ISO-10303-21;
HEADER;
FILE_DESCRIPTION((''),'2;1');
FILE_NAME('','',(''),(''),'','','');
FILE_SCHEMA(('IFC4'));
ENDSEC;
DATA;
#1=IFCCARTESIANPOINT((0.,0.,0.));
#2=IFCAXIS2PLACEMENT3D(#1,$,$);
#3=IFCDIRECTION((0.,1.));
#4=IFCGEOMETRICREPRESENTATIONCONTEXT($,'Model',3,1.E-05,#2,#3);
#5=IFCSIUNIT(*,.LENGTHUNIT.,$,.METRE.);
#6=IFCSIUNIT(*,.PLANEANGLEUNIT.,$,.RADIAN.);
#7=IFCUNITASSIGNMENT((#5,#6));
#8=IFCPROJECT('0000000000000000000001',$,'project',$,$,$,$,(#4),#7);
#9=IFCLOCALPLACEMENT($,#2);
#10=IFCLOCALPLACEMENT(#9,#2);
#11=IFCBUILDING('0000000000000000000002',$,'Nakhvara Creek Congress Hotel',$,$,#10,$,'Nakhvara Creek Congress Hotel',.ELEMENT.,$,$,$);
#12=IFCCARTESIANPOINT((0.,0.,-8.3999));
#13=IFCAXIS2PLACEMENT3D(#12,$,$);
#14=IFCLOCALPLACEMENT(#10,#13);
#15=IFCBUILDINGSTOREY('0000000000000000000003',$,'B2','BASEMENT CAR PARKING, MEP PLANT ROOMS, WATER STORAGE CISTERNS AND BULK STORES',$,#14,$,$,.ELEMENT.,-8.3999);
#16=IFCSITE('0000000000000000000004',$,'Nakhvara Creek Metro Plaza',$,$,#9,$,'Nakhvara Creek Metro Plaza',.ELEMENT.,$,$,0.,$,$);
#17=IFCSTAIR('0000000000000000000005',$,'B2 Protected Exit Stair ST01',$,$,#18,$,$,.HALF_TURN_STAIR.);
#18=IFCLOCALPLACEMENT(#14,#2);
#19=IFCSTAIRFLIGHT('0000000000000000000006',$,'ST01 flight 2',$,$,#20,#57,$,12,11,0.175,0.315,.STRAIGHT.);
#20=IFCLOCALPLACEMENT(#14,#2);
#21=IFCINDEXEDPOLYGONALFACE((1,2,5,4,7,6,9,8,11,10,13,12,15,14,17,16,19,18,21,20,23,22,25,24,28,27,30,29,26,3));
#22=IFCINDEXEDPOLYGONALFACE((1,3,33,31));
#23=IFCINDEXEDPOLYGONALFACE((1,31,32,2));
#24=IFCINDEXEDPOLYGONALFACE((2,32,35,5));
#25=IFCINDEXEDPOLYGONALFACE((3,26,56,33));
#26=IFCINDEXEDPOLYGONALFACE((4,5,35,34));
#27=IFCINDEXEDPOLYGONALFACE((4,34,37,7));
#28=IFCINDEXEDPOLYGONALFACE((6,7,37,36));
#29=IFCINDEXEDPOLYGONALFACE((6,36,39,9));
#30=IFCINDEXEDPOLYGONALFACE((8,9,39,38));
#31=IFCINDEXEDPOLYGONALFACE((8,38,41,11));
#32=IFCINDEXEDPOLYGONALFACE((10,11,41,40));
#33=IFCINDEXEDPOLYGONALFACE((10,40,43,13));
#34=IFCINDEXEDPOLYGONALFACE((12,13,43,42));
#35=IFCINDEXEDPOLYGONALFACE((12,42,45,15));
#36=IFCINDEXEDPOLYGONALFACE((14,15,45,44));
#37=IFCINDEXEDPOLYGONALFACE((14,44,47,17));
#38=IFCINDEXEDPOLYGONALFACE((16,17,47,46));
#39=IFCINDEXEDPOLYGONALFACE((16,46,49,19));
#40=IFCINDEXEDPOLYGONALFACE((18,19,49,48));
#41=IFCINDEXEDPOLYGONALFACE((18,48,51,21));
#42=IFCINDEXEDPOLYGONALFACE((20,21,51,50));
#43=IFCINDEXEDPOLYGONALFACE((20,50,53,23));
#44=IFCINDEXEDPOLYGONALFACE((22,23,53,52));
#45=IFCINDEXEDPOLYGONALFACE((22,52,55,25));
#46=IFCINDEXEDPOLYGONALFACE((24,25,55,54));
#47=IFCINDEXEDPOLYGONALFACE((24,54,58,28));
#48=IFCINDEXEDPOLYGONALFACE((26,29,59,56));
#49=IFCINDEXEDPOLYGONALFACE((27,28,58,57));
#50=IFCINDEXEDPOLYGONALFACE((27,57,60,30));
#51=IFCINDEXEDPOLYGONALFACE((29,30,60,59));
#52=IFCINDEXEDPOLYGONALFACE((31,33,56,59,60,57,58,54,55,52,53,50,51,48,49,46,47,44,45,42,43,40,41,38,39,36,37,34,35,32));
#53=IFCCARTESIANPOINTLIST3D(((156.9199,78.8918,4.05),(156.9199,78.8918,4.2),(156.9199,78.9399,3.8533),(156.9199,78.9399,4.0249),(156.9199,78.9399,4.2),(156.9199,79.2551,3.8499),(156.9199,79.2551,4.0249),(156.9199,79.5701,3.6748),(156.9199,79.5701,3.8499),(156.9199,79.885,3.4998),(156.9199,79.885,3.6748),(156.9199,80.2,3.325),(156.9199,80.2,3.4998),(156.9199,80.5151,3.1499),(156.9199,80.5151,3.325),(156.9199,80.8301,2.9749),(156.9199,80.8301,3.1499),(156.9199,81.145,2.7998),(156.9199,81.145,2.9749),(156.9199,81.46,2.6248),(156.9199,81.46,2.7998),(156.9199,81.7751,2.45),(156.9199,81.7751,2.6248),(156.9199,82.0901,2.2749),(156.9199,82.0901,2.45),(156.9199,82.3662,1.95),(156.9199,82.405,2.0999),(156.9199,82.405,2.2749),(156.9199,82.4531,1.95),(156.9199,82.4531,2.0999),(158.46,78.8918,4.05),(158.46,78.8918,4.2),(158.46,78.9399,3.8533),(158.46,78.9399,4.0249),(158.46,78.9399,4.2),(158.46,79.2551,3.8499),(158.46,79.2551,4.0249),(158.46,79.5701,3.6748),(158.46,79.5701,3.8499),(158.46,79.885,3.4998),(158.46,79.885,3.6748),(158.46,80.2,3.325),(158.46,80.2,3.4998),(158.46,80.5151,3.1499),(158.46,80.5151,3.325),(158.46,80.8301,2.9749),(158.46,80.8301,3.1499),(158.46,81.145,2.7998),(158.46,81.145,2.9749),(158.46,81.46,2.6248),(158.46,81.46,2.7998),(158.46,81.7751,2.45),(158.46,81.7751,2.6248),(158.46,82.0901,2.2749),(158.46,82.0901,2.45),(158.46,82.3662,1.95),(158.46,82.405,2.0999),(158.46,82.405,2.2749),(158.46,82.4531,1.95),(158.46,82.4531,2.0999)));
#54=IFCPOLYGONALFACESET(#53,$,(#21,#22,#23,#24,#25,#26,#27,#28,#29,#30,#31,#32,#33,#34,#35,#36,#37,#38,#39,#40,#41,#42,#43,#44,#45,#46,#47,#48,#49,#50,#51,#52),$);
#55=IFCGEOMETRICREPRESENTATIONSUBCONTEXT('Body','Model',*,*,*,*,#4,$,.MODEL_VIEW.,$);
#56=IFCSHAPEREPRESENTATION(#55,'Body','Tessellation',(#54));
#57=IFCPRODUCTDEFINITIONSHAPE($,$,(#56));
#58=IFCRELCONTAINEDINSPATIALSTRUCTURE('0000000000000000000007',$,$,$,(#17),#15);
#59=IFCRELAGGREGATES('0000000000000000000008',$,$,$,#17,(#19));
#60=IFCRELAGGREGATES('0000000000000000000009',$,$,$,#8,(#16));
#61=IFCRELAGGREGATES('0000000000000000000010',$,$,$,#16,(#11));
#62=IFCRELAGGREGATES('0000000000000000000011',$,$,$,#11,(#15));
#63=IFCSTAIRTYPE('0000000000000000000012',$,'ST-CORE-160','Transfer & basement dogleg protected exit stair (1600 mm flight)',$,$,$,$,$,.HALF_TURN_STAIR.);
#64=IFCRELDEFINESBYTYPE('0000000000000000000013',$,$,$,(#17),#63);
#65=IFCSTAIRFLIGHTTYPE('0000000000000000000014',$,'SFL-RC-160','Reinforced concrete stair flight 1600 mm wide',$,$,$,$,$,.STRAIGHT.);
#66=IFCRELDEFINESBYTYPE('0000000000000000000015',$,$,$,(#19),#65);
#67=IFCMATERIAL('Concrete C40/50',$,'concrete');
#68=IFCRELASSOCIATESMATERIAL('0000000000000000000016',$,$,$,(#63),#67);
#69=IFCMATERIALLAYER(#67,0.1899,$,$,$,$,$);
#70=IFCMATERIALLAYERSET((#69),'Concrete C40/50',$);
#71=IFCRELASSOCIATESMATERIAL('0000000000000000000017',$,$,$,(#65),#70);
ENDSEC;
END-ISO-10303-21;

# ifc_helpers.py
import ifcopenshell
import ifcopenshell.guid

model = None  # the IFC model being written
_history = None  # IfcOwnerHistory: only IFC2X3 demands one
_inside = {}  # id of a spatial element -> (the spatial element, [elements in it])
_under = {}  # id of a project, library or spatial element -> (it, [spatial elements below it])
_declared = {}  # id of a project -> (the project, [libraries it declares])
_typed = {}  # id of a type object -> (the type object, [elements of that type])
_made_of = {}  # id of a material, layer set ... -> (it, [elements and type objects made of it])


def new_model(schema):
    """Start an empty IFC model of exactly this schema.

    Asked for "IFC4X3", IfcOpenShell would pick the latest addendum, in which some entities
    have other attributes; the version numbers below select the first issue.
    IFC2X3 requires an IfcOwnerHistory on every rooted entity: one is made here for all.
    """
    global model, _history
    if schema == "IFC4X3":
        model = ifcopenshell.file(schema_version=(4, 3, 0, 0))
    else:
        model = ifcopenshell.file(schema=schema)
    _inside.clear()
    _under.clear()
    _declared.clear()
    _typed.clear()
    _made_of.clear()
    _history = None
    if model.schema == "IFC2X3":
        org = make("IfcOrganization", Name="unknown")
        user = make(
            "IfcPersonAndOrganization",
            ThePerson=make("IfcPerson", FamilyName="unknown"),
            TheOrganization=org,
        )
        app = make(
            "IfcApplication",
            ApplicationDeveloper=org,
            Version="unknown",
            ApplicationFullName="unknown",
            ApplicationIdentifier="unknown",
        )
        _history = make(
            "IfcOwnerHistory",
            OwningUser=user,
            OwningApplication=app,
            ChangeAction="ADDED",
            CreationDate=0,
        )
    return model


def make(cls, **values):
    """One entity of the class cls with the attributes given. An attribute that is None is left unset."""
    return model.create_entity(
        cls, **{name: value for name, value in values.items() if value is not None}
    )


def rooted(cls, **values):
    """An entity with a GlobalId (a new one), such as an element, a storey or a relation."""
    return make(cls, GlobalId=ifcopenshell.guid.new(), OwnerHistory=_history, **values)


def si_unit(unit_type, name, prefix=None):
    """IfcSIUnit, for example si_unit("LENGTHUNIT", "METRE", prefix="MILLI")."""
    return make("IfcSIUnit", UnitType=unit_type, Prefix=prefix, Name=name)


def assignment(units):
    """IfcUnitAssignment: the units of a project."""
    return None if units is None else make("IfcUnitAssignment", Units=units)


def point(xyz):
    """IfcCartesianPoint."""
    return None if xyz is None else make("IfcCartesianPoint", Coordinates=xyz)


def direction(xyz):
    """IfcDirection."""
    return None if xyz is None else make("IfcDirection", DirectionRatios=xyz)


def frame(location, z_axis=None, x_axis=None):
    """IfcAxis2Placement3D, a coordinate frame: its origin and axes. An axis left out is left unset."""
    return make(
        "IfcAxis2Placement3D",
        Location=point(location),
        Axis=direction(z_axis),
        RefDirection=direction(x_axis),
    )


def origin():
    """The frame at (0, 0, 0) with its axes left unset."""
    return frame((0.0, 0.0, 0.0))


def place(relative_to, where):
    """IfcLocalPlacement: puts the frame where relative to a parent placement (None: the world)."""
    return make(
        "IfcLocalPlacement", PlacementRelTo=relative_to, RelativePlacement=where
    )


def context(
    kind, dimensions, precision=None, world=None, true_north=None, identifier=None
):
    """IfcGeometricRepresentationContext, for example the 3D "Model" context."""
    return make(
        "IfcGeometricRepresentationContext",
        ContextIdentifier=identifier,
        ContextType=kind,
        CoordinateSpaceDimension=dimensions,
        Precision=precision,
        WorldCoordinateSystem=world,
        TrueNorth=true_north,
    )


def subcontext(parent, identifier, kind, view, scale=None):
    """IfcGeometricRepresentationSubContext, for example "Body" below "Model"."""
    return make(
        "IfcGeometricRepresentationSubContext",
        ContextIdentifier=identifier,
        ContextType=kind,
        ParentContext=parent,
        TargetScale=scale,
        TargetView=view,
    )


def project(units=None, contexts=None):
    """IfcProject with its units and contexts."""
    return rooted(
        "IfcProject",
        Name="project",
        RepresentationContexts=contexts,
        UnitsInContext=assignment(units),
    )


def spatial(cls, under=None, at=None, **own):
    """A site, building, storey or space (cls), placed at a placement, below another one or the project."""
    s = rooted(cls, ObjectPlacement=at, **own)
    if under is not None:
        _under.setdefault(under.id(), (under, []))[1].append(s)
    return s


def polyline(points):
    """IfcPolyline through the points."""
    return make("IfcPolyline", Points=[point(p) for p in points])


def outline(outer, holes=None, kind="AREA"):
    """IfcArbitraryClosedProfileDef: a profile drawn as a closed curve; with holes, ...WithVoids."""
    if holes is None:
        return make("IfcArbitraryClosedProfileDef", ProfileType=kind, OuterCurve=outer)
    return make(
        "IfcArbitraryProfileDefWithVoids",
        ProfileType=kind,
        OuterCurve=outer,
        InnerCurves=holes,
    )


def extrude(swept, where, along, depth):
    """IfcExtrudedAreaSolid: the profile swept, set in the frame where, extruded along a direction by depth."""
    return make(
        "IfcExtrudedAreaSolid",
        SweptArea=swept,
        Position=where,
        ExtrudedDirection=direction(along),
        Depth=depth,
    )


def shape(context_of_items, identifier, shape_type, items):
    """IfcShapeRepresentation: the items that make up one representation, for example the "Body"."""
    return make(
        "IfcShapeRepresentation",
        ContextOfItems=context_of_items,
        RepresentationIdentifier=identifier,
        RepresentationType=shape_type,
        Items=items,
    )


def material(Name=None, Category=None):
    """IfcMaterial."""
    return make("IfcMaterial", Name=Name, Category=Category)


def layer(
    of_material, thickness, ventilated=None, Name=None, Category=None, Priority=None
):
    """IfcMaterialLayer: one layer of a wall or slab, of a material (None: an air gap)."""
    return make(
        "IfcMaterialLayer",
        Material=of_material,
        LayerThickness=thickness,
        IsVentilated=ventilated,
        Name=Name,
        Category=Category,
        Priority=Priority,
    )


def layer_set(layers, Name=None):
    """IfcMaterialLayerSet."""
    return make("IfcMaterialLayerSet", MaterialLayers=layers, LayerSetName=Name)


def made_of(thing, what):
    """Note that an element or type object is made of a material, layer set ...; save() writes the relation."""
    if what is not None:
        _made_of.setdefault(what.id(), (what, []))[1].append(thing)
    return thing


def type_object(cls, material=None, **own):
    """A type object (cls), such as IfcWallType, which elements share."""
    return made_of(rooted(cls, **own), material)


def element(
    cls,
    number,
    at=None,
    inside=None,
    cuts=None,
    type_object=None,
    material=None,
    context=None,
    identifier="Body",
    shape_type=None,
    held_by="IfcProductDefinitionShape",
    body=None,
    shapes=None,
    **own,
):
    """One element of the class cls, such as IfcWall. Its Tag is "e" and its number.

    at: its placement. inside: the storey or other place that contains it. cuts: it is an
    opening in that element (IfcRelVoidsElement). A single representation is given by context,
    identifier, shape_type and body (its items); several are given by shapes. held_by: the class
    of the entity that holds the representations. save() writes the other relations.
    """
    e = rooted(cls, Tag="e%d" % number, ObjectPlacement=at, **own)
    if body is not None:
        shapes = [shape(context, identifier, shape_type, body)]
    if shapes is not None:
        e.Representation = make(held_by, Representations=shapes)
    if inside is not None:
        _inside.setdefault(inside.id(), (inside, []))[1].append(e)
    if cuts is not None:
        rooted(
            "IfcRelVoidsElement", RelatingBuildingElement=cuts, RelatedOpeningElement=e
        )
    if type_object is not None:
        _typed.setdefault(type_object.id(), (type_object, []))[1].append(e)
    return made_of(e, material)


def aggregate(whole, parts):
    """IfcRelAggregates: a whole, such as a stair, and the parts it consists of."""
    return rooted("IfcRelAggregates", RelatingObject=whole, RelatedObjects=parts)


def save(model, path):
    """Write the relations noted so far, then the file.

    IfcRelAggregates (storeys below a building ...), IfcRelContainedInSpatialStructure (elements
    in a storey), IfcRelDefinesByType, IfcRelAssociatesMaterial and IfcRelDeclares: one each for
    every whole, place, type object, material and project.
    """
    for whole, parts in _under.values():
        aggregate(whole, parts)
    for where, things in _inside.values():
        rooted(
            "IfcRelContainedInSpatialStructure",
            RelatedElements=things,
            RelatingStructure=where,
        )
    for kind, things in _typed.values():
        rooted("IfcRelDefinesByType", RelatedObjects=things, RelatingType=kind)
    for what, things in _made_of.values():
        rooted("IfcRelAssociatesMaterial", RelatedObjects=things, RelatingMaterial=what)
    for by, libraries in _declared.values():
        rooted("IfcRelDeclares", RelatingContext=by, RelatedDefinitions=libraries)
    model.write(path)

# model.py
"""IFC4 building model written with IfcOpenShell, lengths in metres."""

from ifc_helpers import new_model, si_unit, direction, frame, origin, place, context, subcontext, project, spatial, polyline, outline, extrude, material, layer, layer_set, type_object, element, aggregate, save


model = new_model("IFC4")

# Units and contexts
model_context = context("Model", 3, precision=1e-05, world=origin(), true_north=direction((0.0, 1.0)))
body_context = subcontext(model_context, "Body", "Model", "MODEL_VIEW")
ifc_project = project(units=[si_unit("LENGTHUNIT", "METRE"), si_unit("PLANEANGLEUNIT", "RADIAN")], contexts=[model_context])

# Site, building, storey
site_placement = place(None, origin())
site = spatial("IfcSite", under=ifc_project, at=site_placement, Name="Nakhvara Creek Metro Plaza", LongName="Nakhvara Creek Metro Plaza", CompositionType="ELEMENT", RefElevation=0.0)
building_placement = place(site_placement, origin())
building = spatial("IfcBuilding", under=site, at=building_placement, Name="Nakhvara Creek Congress Hotel", LongName="Nakhvara Creek Congress Hotel", CompositionType="ELEMENT")
storey_placement = place(building_placement, frame((0.0, 0.0, -8.3999)))
storey = spatial("IfcBuildingStorey", under=building, at=storey_placement, Name="B2", Description="BASEMENT CAR PARKING, MEP PLANT ROOMS, WATER STORAGE CISTERNS AND BULK STORES", CompositionType="ELEMENT", Elevation=-8.3999)

# Shared definitions
ifc_material_1 = material(Name="Concrete C40/50", Category="concrete")

# Stair, stair flight
stair_type = type_object("IfcStairType", Name="ST-CORE-160", Description="Transfer & basement dogleg protected exit stair (1600 mm flight)", PredefinedType="HALF_TURN_STAIR", material=ifc_material_1)
stair_placement = place(storey_placement, origin())
stair = element("IfcStair", 1, at=stair_placement, inside=storey, type_object=stair_type, Name="B2 Protected Exit Stair ST01", PredefinedType="HALF_TURN_STAIR")
ifc_layer_1 = layer(ifc_material_1, 0.1899)
ifc_layer_set_1 = layer_set([ifc_layer_1], Name="Concrete C40/50")
stair_flight_type = type_object("IfcStairFlightType", Name="SFL-RC-160", Description="Reinforced concrete stair flight 1600 mm wide", PredefinedType="STRAIGHT", material=ifc_layer_set_1)
stair_flight_1_placement = place(storey_placement, frame((157.6899, 82.405, 2.0999), z_axis=(0.0, 0.0, 1.0), x_axis=(0.0, -1.0, 0.0)))
stair_flight_1 = element("IfcStairFlight", 2, at=stair_flight_1_placement, type_object=stair_flight_type, Name="ST01 flight 2", NumberOfRisers=12, NumberOfTreads=11, PredefinedType="STRAIGHT", RiserHeight=0.175, TreadLength=0.315, context=body_context, shape_type="SweptSolid", body=[
    extrude(outline(polyline([(-0.0481, 0.0), (0.0, 0.0), (0.0, 0.175), (0.3149, 0.175), (0.3149, 0.3501), (0.6299, 0.3501), (0.6299, 0.5249), (0.9451, 0.5249), (0.9451, 0.7), (1.26, 0.7), (1.26, 0.875), (1.575, 0.875), (1.575, 1.05), (1.8899, 1.05), (1.8899, 1.2251), (2.2051, 1.2251), (2.2051, 1.3999), (2.52, 1.3999), (2.52, 1.575), (2.835, 1.575), (2.835, 1.75), (3.1499, 1.75), (3.1499, 1.925), (3.4651, 1.925), (3.4651, 2.1001), (3.5132, 2.1001), (3.5132, 1.9502), (3.4651, 1.7534), (0.0388, -0.1499), (-0.0481, -0.1499), (-0.0481, 0.0)])), frame((0.0, 0.77, 0.0), z_axis=(0.0, -1.0, 0.0), x_axis=(1.0, 0.0, 0.0)), (0.0, 0.0, 1.0), 1.54),
])
aggregate(stair, [stair_flight_1])

save(model, "model.ifc")
